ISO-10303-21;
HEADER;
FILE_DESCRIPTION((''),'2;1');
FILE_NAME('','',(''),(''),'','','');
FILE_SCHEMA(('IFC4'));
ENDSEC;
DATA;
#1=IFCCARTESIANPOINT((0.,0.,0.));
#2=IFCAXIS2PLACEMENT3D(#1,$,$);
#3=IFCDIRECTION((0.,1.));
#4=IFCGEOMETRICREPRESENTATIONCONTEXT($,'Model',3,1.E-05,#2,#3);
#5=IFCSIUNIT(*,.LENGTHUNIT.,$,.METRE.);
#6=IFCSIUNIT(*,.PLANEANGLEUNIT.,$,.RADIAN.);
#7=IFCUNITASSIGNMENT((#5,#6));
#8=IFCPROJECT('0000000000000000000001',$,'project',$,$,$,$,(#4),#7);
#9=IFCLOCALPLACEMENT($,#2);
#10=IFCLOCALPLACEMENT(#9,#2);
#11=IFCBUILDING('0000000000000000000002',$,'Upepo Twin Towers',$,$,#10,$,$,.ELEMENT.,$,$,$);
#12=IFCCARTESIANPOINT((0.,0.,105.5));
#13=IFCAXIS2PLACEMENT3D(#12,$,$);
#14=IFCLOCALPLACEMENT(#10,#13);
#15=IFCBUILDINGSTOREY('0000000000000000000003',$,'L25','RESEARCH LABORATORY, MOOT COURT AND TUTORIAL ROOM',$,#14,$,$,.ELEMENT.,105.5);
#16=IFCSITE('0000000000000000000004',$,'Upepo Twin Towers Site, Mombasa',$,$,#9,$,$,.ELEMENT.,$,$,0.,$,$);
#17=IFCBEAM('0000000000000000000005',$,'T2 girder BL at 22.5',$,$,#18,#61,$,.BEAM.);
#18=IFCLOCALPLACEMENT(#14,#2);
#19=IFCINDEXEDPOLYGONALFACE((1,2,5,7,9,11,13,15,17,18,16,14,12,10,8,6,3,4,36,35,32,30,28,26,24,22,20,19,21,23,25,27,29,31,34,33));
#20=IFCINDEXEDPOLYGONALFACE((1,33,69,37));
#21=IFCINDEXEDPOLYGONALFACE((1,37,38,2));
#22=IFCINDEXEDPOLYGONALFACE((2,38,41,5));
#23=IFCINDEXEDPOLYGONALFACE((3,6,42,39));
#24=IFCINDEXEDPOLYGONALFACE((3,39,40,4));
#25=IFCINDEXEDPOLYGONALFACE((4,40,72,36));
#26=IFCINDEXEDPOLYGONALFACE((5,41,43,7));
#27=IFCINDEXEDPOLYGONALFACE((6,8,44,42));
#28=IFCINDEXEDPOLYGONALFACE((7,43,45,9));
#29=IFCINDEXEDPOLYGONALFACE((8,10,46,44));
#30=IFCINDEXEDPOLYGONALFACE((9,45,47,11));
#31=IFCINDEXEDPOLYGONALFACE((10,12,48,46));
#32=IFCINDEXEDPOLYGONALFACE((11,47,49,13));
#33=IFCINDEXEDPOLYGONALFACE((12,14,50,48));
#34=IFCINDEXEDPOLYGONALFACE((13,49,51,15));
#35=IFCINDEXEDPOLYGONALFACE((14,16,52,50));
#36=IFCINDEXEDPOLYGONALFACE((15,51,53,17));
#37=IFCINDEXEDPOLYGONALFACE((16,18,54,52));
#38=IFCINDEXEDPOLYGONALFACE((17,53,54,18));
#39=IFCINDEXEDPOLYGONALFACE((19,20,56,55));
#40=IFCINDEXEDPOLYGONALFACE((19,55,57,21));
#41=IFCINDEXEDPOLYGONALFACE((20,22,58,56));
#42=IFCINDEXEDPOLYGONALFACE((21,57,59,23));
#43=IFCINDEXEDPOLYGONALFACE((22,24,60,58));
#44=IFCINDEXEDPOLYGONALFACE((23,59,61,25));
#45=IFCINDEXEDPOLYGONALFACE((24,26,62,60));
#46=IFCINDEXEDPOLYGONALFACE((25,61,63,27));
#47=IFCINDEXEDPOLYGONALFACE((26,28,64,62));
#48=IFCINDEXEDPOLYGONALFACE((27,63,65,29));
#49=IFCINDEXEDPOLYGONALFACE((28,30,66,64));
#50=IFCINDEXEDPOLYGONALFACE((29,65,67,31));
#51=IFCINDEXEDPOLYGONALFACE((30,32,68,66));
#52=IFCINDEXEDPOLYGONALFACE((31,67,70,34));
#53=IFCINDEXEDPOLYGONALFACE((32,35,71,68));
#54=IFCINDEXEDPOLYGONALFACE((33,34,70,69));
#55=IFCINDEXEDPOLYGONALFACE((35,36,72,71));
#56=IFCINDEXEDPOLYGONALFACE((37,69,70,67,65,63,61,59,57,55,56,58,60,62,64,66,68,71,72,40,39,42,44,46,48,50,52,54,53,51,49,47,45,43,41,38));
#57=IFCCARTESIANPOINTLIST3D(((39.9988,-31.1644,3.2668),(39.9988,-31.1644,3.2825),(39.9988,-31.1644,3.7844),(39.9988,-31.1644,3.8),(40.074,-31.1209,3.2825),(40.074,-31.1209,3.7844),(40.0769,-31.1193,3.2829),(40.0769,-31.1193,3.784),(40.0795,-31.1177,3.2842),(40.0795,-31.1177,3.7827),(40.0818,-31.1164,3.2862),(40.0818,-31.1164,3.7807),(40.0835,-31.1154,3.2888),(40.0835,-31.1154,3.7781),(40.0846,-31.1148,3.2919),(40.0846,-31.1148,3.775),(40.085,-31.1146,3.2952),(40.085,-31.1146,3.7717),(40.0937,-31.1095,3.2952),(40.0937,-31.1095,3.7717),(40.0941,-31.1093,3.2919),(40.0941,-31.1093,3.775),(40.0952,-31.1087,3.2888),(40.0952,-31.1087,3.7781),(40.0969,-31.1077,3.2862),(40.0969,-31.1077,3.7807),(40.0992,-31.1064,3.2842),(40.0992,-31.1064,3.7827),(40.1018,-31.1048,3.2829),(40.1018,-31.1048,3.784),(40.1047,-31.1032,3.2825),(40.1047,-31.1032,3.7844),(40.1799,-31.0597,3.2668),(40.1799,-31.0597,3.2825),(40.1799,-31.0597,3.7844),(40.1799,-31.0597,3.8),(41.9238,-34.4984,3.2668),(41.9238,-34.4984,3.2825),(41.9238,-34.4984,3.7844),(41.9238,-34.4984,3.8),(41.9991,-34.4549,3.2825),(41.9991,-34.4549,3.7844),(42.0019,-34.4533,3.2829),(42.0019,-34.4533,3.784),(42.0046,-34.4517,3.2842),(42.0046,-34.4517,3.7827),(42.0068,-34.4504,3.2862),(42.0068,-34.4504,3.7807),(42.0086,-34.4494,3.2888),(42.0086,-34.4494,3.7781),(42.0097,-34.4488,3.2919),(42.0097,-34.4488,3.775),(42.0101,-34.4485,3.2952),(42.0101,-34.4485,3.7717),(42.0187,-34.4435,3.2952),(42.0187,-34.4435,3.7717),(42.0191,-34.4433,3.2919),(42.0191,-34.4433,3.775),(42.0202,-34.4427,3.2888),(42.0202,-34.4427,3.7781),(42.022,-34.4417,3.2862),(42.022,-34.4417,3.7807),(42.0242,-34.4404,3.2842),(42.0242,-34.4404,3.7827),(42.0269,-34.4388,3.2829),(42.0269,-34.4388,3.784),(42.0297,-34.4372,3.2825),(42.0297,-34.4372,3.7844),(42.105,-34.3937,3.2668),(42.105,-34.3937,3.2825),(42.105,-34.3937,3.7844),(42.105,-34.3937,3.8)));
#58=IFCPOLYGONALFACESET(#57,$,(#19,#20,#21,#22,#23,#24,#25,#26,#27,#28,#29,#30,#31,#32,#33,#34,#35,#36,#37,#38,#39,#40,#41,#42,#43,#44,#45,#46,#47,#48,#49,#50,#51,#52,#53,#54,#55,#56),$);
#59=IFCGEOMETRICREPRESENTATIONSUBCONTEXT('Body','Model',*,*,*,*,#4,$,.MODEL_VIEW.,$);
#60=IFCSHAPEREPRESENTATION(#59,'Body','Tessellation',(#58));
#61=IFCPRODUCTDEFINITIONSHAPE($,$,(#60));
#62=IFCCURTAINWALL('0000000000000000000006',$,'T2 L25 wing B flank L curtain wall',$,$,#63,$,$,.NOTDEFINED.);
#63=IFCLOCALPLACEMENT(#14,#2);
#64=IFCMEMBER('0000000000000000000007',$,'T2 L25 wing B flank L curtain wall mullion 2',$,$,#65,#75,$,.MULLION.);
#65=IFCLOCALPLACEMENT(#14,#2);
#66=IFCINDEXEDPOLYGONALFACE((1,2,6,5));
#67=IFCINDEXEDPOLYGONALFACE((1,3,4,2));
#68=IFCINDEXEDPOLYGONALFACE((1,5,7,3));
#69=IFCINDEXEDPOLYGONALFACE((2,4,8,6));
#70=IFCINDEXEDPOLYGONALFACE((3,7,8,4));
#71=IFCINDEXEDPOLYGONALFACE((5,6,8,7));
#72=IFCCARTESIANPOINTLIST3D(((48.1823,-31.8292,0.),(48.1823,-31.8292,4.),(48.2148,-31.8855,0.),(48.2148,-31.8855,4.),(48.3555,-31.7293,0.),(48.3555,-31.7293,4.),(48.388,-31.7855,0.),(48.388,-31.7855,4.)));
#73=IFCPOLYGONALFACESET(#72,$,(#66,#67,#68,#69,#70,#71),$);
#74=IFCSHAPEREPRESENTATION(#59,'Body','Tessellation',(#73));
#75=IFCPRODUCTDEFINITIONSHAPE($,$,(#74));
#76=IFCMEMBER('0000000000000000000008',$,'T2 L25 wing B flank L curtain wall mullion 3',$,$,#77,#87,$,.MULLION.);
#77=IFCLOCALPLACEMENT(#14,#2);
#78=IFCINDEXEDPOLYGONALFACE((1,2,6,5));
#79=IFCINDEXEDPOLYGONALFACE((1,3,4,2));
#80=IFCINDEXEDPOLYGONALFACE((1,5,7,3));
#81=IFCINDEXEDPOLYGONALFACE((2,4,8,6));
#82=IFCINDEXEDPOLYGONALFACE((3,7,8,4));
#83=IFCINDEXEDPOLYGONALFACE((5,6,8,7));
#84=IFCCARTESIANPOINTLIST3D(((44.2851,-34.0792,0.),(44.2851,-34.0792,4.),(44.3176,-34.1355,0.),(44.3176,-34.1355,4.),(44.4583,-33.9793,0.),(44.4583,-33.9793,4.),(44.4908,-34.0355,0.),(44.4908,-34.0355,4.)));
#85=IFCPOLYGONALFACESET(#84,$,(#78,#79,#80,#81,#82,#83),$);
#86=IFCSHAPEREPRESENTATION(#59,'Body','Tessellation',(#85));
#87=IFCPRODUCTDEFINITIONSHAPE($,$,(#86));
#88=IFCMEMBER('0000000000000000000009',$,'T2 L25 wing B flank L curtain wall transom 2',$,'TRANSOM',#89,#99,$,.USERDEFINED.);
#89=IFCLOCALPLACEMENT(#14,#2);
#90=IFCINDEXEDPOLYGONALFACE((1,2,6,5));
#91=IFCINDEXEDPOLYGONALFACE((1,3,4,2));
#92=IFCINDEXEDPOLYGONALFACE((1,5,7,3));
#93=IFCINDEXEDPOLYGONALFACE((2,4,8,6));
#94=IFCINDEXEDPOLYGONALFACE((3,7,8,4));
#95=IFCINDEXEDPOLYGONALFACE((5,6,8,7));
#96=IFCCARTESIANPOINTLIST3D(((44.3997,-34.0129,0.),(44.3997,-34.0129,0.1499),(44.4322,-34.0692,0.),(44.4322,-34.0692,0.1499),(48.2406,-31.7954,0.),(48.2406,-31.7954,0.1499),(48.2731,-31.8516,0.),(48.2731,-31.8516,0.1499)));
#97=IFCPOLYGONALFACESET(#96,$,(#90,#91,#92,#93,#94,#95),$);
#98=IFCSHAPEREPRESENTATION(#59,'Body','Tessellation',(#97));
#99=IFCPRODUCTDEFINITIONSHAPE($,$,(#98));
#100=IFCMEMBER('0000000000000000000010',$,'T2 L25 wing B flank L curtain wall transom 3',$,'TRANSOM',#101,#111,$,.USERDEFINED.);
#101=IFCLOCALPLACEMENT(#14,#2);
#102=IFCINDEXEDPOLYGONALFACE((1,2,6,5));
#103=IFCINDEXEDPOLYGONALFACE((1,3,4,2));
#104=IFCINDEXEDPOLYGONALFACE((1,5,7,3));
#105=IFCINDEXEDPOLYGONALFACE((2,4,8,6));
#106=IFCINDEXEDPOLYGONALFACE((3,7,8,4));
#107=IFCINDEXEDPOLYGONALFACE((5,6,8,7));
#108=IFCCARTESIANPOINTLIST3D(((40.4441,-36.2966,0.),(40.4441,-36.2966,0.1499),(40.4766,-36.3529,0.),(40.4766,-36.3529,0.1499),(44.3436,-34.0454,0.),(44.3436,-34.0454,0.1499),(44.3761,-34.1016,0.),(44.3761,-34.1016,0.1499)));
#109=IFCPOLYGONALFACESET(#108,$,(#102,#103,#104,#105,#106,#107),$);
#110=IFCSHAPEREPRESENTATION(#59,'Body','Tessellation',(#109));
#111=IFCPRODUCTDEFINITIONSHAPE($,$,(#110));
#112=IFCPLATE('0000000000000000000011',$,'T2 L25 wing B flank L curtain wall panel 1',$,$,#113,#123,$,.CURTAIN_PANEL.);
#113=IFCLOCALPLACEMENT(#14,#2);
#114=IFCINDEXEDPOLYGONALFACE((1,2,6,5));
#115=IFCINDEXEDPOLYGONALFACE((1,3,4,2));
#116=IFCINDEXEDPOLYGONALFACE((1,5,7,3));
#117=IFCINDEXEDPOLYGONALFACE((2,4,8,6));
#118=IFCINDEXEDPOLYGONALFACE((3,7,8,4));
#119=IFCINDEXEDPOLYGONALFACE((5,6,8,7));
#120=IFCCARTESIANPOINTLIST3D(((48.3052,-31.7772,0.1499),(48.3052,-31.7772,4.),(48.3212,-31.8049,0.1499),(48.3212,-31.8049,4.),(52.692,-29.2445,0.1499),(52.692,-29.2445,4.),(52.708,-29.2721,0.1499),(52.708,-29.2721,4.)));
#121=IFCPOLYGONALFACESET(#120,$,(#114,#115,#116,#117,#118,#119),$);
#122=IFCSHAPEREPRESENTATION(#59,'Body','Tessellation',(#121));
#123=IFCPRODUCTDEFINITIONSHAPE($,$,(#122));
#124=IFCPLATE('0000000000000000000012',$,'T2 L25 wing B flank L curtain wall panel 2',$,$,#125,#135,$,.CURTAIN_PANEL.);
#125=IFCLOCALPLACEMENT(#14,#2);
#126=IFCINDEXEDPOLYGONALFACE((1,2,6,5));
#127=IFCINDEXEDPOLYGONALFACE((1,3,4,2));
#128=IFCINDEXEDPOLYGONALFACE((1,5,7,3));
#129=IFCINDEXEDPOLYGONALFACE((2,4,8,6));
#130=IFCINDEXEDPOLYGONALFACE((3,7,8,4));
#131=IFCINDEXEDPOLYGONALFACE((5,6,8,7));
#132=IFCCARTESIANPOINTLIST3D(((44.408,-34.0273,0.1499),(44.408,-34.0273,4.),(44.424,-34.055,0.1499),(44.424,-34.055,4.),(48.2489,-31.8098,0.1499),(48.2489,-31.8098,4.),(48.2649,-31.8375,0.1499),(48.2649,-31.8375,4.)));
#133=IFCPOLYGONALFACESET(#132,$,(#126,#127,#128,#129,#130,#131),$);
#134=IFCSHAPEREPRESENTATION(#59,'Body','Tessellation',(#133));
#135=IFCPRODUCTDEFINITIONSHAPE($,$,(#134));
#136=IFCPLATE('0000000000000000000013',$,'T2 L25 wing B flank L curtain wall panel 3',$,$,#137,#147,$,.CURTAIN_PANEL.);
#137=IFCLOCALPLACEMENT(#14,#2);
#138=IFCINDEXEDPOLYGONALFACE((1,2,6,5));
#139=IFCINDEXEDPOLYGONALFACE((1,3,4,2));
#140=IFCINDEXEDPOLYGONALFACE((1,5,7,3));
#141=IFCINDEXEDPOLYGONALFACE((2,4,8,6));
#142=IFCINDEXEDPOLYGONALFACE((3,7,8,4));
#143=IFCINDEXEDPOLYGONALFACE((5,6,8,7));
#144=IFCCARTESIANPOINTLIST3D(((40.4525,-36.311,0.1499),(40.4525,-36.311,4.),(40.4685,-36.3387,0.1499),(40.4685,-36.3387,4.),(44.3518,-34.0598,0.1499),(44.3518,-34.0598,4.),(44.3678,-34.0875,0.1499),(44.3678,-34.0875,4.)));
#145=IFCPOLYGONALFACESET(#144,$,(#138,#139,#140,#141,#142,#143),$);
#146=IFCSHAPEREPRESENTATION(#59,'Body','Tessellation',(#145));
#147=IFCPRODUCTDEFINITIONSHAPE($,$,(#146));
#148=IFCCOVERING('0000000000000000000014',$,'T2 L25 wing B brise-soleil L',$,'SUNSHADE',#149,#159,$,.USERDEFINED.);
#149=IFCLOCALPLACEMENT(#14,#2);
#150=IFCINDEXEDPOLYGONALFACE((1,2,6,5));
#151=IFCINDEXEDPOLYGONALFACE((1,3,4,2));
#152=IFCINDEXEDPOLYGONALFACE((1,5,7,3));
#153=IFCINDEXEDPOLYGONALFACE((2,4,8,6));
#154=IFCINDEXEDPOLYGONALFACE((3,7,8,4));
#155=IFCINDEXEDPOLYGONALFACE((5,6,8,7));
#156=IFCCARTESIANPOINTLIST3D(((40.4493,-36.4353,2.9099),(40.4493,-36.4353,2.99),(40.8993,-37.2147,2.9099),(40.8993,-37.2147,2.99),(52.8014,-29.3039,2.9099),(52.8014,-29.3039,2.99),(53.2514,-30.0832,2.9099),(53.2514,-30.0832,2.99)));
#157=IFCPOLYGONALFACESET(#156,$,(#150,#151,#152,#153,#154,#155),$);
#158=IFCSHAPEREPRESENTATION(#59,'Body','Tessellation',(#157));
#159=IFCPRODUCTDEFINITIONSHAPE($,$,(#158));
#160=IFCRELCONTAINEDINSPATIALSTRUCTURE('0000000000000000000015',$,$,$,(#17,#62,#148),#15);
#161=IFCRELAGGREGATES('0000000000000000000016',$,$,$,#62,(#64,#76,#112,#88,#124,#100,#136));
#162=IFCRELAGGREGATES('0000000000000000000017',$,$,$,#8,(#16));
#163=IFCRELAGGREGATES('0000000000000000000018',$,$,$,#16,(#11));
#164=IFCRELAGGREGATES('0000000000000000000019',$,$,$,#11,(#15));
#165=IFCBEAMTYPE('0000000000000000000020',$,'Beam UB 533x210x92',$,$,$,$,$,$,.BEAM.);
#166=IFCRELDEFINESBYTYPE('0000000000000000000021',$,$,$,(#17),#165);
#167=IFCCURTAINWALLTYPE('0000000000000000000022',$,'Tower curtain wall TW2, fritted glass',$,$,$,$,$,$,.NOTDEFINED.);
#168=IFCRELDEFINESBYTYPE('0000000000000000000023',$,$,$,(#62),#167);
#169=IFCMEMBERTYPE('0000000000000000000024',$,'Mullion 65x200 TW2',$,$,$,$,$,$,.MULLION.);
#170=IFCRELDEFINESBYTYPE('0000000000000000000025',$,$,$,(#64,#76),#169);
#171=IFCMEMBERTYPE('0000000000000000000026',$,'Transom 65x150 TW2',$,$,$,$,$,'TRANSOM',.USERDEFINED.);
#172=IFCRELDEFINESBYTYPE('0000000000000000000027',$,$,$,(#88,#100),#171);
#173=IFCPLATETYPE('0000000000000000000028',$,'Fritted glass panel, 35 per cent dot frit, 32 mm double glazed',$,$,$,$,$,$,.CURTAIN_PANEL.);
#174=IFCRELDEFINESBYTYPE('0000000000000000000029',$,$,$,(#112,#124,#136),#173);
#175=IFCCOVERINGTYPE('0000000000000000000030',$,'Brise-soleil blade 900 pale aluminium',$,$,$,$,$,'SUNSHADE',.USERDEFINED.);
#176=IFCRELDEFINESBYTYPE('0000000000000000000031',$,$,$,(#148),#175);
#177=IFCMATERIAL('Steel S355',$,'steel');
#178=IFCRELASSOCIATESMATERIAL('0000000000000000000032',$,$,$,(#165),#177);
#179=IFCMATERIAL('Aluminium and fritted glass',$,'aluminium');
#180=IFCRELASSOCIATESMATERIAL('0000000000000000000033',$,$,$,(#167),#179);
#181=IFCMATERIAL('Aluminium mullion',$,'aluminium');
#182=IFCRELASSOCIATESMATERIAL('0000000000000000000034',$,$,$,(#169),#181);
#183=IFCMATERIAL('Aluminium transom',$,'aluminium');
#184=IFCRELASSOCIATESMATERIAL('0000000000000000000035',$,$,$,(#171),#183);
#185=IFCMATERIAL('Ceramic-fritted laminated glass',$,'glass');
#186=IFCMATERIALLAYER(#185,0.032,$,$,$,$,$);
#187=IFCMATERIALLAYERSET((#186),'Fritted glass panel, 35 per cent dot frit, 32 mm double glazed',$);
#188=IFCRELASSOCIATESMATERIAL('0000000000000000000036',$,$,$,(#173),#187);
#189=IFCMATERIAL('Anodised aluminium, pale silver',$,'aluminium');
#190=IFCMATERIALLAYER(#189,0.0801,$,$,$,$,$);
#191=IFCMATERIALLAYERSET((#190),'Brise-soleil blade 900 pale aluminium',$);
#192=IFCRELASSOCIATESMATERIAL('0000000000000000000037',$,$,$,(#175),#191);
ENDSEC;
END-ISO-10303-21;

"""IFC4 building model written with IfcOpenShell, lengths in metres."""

from ifc_helpers import new_model, si_unit, direction, frame, origin, origin_2d, place, context, subcontext, project, spatial, rectangle, i_section, extrude, material, layer, layer_set, material_profile, profile_set, type_object, element, aggregate, save


model = new_model("IFC4")

# Units and contexts
model_context = context("Model", 3, precision=1e-05, world=origin(), true_north=direction((0.0, 1.0)))
body_context = subcontext(model_context, "Body", "Model", "MODEL_VIEW")
ifc_project = project(units=[si_unit("LENGTHUNIT", "METRE"), si_unit("PLANEANGLEUNIT", "RADIAN")], contexts=[model_context])

# Site, building, storey
site_placement = place(None, origin())
site = spatial("IfcSite", under=ifc_project, at=site_placement, Name="Upepo Twin Towers Site, Mombasa", CompositionType="ELEMENT", RefElevation=0.0)
building_placement = place(site_placement, origin())
building = spatial("IfcBuilding", under=site, at=building_placement, Name="Upepo Twin Towers", CompositionType="ELEMENT")
storey_placement = place(building_placement, frame((0.0, 0.0, 105.5)))
storey = spatial("IfcBuildingStorey", under=building, at=storey_placement, Name="L25", Description="RESEARCH LABORATORY, MOOT COURT AND TUTORIAL ROOM", CompositionType="ELEMENT", Elevation=105.5)

# Beam
ifc_material_1 = material(Name="Steel S355", Category="steel")
ifc_material_profile_1 = material_profile(ifc_material_1, i_section(OverallWidth=0.2092, OverallDepth=0.5332, WebThickness=0.01, FlangeThickness=0.0156, FilletRadius=0.0127, at=origin_2d()), Name="UB 533x210x92")
ifc_profile_set_1 = profile_set([ifc_material_profile_1], Name="Steel S355")
beam_type_1 = type_object("IfcBeamType", Name="Beam UB 533x210x92", PredefinedType="BEAM", material=ifc_profile_set_1)
for number, where, z_axis, x_axis, name in (
    (1, (42.0144, -34.446, 3.5334), (-0.500034, 0.866006, 0.0), (-0.866006, -0.500034, 0.0), "T2 girder BL at 22.5"),
):
    element("IfcBeam", number, at=place(storey_placement, frame(where, z_axis=z_axis, x_axis=x_axis)), inside=storey, type_object=beam_type_1, Name=name, PredefinedType="BEAM", context=body_context, shape_type="SweptSolid", body=[
        extrude(i_section(OverallWidth=0.2092, OverallDepth=0.5332, WebThickness=0.01, FlangeThickness=0.0156, FilletRadius=0.0127, at=origin_2d()), origin(), (0.0, 0.0, 1.0), 3.8499),
    ])

# Curtain wall, members, plates
ifc_material_2 = material(Name="Aluminium and fritted glass", Category="aluminium")
curtain_wall_type = type_object("IfcCurtainWallType", Name="Tower curtain wall TW2, fritted glass", PredefinedType="NOTDEFINED", material=ifc_material_2)
curtain_wall_placement = place(storey_placement, origin())
curtain_wall = element("IfcCurtainWall", 2, at=curtain_wall_placement, inside=storey, type_object=curtain_wall_type, Name="T2 L25 wing B flank L curtain wall", PredefinedType="NOTDEFINED")
ifc_material_3 = material(Name="Aluminium mullion", Category="aluminium")
ifc_material_profile_2 = material_profile(ifc_material_3, rectangle(XDim=0.0649, YDim=0.2, at=origin_2d()), Name="MULLION 65x200")
ifc_profile_set_2 = profile_set([ifc_material_profile_2], Name="Aluminium mullion")
member_type_1 = type_object("IfcMemberType", Name="Mullion 65x200 TW2", PredefinedType="MULLION", material=ifc_profile_set_2)
member_1_placement = place(storey_placement, frame((48.2852, -31.8074, 0.0), z_axis=(0.0, 0.0, 1.0), x_axis=(0.5, -0.866025, 0.0)))
member_1 = element("IfcMember", 3, at=member_1_placement, type_object=member_type_1, Name="T2 L25 wing B flank L curtain wall mullion 2", PredefinedType="MULLION", context=body_context, shape_type="SweptSolid", body=[
    extrude(rectangle(XDim=0.0649, YDim=0.2, at=origin_2d()), origin(), (0.0, 0.0, 1.0), 4.0),
])
member_2_placement = place(storey_placement, frame((44.3879, -34.0574, 0.0), z_axis=(0.0, 0.0, 1.0), x_axis=(0.5, -0.866025, 0.0)))
member_2 = element("IfcMember", 4, at=member_2_placement, type_object=member_type_1, Name="T2 L25 wing B flank L curtain wall mullion 3", PredefinedType="MULLION", context=body_context, shape_type="SweptSolid", body=[
    extrude(rectangle(XDim=0.0649, YDim=0.2, at=origin_2d()), origin(), (0.0, 0.0, 1.0), 4.0),
])
ifc_material_4 = material(Name="Aluminium transom", Category="aluminium")
ifc_material_profile_3 = material_profile(ifc_material_4, rectangle(XDim=0.0649, YDim=0.1499, at=origin_2d()), Name="TRANSOM 65x150")
ifc_profile_set_3 = profile_set([ifc_material_profile_3], Name="Aluminium transom")
member_type_2 = type_object("IfcMemberType", Name="Transom 65x150 TW2", ElementType="TRANSOM", PredefinedType="USERDEFINED", material=ifc_profile_set_3)
member_3_placement = place(storey_placement, frame((48.2568, -31.8235, 0.075), z_axis=(-0.866022, -0.500005, 0.0), x_axis=(0.500005, -0.866022, 0.0)))
member_3 = element("IfcMember", 5, at=member_3_placement, type_object=member_type_2, Name="T2 L25 wing B flank L curtain wall transom 2", ObjectType="TRANSOM", PredefinedType="USERDEFINED", context=body_context, shape_type="SweptSolid", body=[
    extrude(rectangle(XDim=0.0649, YDim=0.1499, at=origin_2d()), origin(), (0.0, 0.0, 1.0), 4.4351),
])
member_4_placement = place(storey_placement, frame((44.3599, -34.0735, 0.075), z_axis=(-0.866036, -0.499982, 0.0), x_axis=(0.499982, -0.866036, 0.0)))
member_4 = element("IfcMember", 6, at=member_4_placement, type_object=member_type_2, Name="T2 L25 wing B flank L curtain wall transom 3", ObjectType="TRANSOM", PredefinedType="USERDEFINED", context=body_context, shape_type="SweptSolid", body=[
    extrude(rectangle(XDim=0.0649, YDim=0.1499, at=origin_2d()), origin(), (0.0, 0.0, 1.0), 4.5027),
])
ifc_material_5 = material(Name="Ceramic-fritted laminated glass", Category="glass")
ifc_layer_1 = layer(ifc_material_5, 0.032)
ifc_layer_set_1 = layer_set([ifc_layer_1], Name="Fritted glass panel, 35 per cent dot frit, 32 mm double glazed")
plate_type = type_object("IfcPlateType", Name="Fritted glass panel, 35 per cent dot frit, 32 mm double glazed", PredefinedType="CURTAIN_PANEL", material=ifc_layer_set_1)
plate_1_placement = place(storey_placement, frame((50.5066, -30.5247, 0.1499), z_axis=(0.0, 0.0, 1.0), x_axis=(-0.866025, -0.5, 0.0)))
plate_1 = element("IfcPlate", 7, at=plate_1_placement, type_object=plate_type, Name="T2 L25 wing B flank L curtain wall panel 1", PredefinedType="CURTAIN_PANEL", context=body_context, shape_type="SweptSolid", body=[
    extrude(rectangle(XDim=5.0654, YDim=0.032, at=origin_2d()), origin(), (0.0, 0.0, 1.0), 3.8501),
])
plate_2_placement = place(storey_placement, frame((46.3364, -32.9324, 0.1499), z_axis=(0.0, 0.0, 1.0), x_axis=(-0.866025, -0.5, 0.0)))
plate_2 = element("IfcPlate", 8, at=plate_2_placement, type_object=plate_type, Name="T2 L25 wing B flank L curtain wall panel 2", PredefinedType="CURTAIN_PANEL", context=body_context, shape_type="SweptSolid", body=[
    extrude(rectangle(XDim=4.4351, YDim=0.032, at=origin_2d()), origin(), (0.0, 0.0, 1.0), 3.8501),
])
plate_3_placement = place(storey_placement, frame((42.4102, -35.1992, 0.1499), z_axis=(0.0, 0.0, 1.0), x_axis=(-0.866025, -0.5, 0.0)))
plate_3 = element("IfcPlate", 9, at=plate_3_placement, type_object=plate_type, Name="T2 L25 wing B flank L curtain wall panel 3", PredefinedType="CURTAIN_PANEL", context=body_context, shape_type="SweptSolid", body=[
    extrude(rectangle(XDim=4.5024, YDim=0.032, at=origin_2d()), origin(), (0.0, 0.0, 1.0), 3.8501),
])
aggregate(curtain_wall, [member_1, member_2, plate_1, member_3, plate_2, member_4, plate_3])

# Covering
ifc_material_6 = material(Name="Anodised aluminium, pale silver", Category="aluminium")
ifc_layer_2 = layer(ifc_material_6, 0.0801)
ifc_layer_set_2 = layer_set([ifc_layer_2], Name="Brise-soleil blade 900 pale aluminium")
covering_type = type_object("IfcCoveringType", Name="Brise-soleil blade 900 pale aluminium", ElementType="SUNSHADE", PredefinedType="USERDEFINED", material=ifc_layer_set_2)
covering_placement = place(storey_placement, frame((46.8503, -33.2593, 2.9099), z_axis=(0.0, 0.0, 1.0), x_axis=(-0.866025, -0.5, 0.0)))
element("IfcCovering", 10, at=covering_placement, inside=storey, type_object=covering_type, Name="T2 L25 wing B brise-soleil L", ObjectType="SUNSHADE", PredefinedType="USERDEFINED", context=body_context, shape_type="SweptSolid", body=[
    extrude(rectangle(XDim=14.2629, YDim=0.8999, at=origin_2d()), origin(), (0.0, 0.0, 1.0), 0.0801),
])

save(model, "model.ifc")
